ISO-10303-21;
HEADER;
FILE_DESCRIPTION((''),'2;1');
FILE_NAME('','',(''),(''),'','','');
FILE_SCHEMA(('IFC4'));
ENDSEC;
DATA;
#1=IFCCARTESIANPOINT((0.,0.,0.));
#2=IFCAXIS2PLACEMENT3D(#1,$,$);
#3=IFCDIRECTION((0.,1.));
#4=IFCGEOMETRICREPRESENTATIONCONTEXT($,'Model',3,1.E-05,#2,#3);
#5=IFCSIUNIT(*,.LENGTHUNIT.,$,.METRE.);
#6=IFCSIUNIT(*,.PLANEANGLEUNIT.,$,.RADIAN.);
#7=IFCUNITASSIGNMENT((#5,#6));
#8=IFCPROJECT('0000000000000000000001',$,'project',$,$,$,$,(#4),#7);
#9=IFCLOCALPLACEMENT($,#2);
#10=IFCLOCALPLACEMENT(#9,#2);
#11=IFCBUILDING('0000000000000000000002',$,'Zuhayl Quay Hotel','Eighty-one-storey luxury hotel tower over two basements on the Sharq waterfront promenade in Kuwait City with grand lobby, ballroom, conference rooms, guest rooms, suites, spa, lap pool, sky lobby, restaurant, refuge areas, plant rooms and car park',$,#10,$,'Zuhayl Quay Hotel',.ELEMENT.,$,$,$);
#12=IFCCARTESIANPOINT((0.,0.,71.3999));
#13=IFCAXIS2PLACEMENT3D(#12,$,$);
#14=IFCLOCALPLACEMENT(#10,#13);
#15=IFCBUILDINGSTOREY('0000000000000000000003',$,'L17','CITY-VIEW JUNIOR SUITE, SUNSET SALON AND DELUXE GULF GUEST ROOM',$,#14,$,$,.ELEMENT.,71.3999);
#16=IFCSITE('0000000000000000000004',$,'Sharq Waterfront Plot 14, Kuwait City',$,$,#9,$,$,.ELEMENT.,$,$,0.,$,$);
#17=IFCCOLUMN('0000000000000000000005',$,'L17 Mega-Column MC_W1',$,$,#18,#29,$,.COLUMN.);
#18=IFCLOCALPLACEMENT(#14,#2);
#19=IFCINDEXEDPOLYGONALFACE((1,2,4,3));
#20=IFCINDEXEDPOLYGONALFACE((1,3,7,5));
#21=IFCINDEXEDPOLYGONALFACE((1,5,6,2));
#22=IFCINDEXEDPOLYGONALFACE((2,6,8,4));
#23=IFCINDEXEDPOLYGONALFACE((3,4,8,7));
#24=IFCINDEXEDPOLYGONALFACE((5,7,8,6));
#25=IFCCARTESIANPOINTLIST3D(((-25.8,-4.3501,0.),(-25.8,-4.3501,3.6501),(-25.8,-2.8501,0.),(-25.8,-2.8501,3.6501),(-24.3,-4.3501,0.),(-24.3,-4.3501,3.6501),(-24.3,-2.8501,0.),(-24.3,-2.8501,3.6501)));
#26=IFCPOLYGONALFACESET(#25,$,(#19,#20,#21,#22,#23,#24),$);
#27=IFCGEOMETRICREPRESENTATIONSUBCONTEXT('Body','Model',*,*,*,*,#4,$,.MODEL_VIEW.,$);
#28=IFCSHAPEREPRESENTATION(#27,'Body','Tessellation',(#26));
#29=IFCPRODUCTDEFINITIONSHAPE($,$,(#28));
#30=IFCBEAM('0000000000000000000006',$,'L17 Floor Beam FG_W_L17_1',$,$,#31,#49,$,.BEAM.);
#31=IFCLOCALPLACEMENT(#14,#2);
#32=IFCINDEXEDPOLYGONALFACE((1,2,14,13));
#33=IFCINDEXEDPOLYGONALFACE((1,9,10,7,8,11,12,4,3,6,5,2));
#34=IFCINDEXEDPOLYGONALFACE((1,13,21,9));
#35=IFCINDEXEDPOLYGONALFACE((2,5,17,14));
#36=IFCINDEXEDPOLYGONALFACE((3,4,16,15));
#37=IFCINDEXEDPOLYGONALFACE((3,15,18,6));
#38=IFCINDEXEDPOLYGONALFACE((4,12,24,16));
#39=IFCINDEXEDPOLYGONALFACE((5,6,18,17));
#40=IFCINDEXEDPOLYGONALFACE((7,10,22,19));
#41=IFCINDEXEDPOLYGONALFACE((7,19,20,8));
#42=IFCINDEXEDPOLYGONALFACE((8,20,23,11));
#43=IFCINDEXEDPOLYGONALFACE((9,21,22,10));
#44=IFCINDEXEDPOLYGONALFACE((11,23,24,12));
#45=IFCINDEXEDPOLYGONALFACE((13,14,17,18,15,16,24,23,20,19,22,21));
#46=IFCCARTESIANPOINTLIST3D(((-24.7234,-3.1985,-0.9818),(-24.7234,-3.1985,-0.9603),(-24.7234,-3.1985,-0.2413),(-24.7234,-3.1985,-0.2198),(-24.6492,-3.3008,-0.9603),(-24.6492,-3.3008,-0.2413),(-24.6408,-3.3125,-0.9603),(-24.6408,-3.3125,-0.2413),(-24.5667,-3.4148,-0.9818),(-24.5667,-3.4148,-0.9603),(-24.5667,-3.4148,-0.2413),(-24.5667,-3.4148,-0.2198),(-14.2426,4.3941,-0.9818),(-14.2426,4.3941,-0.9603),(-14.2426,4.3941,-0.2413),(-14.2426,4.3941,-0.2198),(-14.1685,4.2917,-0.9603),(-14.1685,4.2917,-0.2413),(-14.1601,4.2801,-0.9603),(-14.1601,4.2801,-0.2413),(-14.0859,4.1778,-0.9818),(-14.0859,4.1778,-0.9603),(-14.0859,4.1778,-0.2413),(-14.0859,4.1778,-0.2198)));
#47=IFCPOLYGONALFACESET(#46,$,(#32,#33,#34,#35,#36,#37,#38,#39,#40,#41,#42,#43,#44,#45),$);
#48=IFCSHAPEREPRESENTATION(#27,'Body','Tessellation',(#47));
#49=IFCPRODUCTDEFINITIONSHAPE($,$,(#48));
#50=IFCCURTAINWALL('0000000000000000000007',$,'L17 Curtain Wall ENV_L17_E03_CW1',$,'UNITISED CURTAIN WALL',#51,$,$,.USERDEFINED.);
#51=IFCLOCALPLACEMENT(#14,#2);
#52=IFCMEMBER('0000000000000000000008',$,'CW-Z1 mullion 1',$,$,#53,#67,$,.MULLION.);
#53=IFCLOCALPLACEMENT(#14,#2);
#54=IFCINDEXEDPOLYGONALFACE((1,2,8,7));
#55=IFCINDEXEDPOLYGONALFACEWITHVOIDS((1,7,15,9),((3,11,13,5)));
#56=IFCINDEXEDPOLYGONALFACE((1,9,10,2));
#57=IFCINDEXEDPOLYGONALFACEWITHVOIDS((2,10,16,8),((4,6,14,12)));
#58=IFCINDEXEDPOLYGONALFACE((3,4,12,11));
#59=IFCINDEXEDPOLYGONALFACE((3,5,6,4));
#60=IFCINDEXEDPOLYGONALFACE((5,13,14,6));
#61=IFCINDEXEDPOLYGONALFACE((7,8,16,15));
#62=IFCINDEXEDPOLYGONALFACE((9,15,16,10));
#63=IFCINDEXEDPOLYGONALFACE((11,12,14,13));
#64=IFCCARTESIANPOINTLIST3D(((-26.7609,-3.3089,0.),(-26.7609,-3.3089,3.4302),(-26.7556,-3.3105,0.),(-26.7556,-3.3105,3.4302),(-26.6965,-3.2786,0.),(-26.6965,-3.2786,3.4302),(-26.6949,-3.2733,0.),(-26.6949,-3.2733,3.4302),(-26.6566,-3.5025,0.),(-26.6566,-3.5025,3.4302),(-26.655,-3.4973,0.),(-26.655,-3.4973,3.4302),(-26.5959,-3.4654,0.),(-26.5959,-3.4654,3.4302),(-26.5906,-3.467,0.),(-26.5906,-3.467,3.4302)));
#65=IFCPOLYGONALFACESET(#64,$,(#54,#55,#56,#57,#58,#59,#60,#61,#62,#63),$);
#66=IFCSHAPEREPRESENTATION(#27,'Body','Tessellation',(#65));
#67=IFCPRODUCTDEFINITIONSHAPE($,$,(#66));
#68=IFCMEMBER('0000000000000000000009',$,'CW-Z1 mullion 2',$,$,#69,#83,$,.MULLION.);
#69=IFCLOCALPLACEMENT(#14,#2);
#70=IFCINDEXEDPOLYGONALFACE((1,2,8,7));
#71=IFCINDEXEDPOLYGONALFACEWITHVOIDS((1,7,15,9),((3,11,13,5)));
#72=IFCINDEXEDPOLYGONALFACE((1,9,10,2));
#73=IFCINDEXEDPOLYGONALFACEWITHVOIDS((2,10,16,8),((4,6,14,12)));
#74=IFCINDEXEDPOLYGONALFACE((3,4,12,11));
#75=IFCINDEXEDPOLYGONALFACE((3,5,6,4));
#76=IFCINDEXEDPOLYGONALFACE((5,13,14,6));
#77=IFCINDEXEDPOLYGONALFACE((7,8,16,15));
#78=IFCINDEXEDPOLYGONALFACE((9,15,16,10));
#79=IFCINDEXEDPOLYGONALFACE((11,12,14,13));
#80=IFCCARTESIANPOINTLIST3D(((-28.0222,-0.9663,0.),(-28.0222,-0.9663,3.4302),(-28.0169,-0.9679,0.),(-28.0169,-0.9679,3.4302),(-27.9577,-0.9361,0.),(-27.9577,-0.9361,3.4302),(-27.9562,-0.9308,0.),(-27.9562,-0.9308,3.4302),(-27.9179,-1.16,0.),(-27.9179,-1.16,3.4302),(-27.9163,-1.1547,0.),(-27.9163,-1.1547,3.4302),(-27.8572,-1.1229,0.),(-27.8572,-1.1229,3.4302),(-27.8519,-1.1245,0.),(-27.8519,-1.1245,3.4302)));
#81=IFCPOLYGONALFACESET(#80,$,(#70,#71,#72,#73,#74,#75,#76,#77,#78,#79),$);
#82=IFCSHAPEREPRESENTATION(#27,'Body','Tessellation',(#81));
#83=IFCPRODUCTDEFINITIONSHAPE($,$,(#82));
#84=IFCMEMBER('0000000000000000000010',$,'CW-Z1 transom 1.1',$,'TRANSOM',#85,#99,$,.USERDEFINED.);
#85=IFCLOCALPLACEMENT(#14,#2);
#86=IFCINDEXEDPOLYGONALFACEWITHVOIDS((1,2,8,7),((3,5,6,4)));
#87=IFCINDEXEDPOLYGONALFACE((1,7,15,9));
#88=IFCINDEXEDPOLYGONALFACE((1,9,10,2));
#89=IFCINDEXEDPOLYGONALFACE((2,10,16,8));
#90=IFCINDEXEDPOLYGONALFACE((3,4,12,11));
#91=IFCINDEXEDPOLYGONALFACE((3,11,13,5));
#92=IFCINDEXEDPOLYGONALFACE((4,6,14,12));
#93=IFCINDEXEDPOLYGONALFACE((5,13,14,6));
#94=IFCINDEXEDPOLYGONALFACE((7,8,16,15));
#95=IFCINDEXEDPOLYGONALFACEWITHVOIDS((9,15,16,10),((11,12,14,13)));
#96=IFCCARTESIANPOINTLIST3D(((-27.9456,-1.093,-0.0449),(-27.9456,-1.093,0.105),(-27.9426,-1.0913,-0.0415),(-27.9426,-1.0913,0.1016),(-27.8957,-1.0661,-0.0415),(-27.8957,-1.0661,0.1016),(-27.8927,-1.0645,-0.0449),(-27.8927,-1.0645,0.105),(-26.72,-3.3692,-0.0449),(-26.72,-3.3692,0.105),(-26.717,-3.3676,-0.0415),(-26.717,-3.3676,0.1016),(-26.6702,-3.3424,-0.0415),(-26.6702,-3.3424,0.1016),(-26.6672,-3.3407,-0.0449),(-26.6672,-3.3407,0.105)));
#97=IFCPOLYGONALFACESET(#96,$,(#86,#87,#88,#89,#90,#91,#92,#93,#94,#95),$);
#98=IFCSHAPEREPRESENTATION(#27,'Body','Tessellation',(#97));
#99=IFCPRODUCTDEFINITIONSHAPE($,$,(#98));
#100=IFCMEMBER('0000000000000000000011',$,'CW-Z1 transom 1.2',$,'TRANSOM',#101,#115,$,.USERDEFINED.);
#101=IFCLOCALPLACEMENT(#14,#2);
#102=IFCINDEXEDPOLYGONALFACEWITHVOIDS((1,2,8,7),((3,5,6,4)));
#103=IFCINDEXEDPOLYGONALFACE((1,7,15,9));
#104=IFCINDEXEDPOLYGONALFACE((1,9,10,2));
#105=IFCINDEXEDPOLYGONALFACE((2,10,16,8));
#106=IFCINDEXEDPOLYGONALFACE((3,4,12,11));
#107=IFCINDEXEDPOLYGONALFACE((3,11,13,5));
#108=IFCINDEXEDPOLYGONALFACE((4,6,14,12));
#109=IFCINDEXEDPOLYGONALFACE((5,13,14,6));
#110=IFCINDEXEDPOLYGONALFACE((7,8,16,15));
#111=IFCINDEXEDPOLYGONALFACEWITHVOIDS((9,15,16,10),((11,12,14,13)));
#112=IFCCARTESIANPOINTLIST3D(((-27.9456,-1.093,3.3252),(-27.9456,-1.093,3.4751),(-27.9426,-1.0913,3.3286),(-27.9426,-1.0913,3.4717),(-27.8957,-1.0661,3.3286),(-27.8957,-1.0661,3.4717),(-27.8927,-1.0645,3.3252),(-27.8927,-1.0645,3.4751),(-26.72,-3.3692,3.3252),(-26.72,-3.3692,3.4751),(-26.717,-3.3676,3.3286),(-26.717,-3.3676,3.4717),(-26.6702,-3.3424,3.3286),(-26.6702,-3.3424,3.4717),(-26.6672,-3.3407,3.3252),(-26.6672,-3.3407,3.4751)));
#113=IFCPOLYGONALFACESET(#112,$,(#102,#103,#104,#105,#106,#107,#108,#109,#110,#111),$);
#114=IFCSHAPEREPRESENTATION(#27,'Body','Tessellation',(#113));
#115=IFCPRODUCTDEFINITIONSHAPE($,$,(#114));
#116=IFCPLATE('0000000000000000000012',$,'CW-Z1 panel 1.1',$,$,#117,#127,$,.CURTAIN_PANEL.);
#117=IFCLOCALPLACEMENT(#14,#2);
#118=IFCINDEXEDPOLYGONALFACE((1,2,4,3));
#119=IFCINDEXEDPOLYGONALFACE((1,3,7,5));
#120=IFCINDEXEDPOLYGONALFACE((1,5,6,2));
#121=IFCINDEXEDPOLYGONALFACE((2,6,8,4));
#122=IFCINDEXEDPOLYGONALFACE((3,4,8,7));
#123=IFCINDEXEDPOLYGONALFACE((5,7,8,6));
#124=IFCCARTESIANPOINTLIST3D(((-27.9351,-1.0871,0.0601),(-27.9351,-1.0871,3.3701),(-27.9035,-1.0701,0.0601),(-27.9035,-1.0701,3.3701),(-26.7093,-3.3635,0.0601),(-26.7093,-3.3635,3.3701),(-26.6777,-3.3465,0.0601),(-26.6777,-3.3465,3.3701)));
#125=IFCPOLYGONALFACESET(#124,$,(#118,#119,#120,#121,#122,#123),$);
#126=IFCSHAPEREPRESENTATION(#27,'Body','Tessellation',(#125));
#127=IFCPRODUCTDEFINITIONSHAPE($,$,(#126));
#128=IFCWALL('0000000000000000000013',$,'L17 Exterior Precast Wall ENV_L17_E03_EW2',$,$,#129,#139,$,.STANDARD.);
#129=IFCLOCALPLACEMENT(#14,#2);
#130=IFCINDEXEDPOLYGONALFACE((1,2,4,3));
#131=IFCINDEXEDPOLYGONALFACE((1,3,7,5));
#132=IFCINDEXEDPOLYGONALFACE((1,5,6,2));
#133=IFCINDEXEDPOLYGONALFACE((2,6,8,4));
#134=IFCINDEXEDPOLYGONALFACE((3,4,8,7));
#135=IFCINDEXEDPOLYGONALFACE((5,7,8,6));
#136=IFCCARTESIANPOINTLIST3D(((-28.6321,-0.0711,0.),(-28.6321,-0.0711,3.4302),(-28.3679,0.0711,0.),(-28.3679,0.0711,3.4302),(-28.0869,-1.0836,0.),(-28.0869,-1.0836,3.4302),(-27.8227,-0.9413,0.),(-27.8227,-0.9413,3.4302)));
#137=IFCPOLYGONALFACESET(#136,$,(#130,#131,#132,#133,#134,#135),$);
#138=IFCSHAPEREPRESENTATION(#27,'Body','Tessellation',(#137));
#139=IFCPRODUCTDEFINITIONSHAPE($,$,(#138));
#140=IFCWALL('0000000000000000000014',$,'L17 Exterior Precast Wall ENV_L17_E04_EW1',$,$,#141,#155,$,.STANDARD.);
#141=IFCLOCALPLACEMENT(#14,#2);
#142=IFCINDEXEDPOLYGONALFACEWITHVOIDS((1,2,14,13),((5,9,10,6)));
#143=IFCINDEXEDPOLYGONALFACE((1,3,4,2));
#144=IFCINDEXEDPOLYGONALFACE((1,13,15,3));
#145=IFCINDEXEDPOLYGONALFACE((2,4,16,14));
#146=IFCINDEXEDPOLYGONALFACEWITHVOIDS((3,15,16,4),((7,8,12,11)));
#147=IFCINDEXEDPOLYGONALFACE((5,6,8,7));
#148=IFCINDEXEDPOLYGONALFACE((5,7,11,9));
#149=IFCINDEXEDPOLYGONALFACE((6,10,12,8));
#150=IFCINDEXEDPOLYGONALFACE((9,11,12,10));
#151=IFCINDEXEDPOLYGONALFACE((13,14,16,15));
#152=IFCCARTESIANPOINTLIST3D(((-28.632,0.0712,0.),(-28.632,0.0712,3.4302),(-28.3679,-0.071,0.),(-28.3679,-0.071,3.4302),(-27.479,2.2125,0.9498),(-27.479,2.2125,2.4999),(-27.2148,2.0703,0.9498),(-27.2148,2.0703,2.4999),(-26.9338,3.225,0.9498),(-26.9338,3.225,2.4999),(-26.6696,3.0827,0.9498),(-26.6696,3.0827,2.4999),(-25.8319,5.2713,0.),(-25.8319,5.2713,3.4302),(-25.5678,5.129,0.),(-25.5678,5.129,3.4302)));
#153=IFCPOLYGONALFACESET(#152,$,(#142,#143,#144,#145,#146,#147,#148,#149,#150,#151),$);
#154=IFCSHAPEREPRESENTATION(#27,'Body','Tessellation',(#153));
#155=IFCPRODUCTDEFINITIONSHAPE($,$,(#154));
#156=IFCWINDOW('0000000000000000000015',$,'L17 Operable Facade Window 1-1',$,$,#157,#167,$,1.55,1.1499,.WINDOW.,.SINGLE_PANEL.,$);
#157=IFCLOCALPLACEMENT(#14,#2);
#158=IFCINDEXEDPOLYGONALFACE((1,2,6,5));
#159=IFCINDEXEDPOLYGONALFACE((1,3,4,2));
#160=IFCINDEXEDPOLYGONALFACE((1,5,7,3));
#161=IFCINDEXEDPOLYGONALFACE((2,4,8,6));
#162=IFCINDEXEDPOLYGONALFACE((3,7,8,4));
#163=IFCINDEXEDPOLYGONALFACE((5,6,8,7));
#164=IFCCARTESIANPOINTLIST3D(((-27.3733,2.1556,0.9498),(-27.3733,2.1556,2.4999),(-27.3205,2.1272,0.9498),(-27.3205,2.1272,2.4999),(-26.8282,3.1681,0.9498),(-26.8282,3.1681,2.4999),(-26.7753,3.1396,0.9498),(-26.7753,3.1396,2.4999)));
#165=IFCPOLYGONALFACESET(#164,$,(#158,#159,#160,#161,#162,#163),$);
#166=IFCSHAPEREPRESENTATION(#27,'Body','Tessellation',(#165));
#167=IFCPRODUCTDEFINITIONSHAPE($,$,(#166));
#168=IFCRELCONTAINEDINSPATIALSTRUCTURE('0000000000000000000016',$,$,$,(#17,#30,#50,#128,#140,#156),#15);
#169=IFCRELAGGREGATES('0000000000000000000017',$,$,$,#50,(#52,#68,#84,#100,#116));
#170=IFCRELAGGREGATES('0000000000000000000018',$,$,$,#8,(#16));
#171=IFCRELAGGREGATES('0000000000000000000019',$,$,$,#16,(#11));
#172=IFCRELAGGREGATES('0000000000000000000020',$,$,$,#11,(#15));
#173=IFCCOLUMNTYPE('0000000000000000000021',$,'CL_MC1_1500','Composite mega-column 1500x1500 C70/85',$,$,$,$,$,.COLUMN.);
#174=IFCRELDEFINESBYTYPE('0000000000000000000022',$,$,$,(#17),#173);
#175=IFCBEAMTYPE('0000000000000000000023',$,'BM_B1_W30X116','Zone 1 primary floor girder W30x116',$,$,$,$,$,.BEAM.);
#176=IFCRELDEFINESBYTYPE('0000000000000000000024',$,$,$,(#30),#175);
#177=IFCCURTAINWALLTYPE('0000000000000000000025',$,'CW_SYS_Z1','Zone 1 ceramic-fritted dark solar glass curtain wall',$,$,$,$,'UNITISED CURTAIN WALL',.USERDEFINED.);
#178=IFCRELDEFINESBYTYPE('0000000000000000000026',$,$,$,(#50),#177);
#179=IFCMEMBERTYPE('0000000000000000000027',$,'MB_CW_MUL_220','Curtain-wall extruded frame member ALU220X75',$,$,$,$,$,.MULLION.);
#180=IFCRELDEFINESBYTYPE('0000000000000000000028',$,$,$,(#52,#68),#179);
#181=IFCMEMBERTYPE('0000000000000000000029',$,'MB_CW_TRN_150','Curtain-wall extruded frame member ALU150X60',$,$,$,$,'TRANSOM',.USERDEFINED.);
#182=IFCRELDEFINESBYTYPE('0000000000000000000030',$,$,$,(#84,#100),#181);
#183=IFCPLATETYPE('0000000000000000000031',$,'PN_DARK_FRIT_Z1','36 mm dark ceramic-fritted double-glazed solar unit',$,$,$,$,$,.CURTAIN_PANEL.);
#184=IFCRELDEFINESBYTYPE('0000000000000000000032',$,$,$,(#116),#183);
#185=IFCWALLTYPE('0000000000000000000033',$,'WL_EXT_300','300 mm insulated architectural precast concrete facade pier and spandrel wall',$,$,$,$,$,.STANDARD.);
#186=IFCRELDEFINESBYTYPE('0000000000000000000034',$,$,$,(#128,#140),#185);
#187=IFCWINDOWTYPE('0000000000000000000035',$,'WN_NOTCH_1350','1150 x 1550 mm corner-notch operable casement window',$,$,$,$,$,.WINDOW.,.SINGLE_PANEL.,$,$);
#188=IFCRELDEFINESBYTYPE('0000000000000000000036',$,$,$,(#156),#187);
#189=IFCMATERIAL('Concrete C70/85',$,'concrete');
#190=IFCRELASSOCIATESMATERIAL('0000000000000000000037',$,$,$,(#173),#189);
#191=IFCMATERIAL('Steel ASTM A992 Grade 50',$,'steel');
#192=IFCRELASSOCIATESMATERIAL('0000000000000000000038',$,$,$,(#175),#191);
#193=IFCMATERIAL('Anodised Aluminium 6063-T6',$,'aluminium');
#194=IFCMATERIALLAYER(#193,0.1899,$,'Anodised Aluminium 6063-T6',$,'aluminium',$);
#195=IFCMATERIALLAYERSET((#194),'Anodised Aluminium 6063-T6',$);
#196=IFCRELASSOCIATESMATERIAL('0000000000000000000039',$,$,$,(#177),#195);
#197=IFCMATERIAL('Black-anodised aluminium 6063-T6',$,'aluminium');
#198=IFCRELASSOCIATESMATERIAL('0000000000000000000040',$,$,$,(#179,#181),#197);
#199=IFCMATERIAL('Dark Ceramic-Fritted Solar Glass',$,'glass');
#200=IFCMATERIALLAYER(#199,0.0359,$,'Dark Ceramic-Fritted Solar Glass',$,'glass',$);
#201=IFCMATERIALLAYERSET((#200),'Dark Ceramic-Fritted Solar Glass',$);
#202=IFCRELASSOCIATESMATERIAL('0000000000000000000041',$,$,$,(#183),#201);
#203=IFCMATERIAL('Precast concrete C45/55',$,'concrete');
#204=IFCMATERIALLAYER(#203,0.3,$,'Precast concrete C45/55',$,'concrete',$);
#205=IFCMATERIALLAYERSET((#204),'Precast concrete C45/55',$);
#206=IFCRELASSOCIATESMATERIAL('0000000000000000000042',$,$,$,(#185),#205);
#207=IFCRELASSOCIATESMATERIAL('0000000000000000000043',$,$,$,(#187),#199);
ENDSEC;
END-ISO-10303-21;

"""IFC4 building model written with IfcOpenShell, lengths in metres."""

from ifc_helpers import new_model, si_unit, direction, frame, frame_2d, origin, origin_2d, place, context, subcontext, project, spatial, rectangle, hollow_rectangle, i_section, extrude, material, layer, layer_set, material_profile, profile_set, type_object, element, fill, aggregate, save


model = new_model("IFC4")

# Units and contexts
model_context = context("Model", 3, precision=1e-05, world=origin(), true_north=direction((0.0, 1.0)))
body_context = subcontext(model_context, "Body", "Model", "MODEL_VIEW")
ifc_project = project(units=[si_unit("LENGTHUNIT", "METRE"), si_unit("PLANEANGLEUNIT", "RADIAN")], contexts=[model_context])

# Site, building, storey
site_placement = place(None, origin())
site = spatial("IfcSite", under=ifc_project, at=site_placement, Name="Sharq Waterfront Plot 14, Kuwait City", CompositionType="ELEMENT", RefElevation=0.0)
building_placement = place(site_placement, origin())
building = spatial("IfcBuilding", under=site, at=building_placement, Name="Zuhayl Quay Hotel", Description="Eighty-one-storey luxury hotel tower over two basements on the Sharq waterfront promenade in Kuwait City with grand lobby, ballroom, conference rooms, guest rooms, suites, spa, lap pool, sky lobby, restaurant, refuge areas, plant rooms and car park", LongName="Zuhayl Quay Hotel", CompositionType="ELEMENT")
storey_placement = place(building_placement, frame((0.0, 0.0, 71.3999)))
storey = spatial("IfcBuildingStorey", under=building, at=storey_placement, Name="L17", Description="CITY-VIEW JUNIOR SUITE, SUNSET SALON AND DELUXE GULF GUEST ROOM", CompositionType="ELEMENT", Elevation=71.3999)

# Column
ifc_material_1 = material(Name="Concrete C70/85", Category="concrete")
ifc_material_profile_1 = material_profile(ifc_material_1, rectangle(XDim=1.5, YDim=1.5, at=origin_2d()), Name="RC1500X1500")
ifc_profile_set_1 = profile_set([ifc_material_profile_1], Name="Concrete C70/85")
column_type = type_object("IfcColumnType", Name="CL_MC1_1500", Description="Composite mega-column 1500x1500 C70/85", PredefinedType="COLUMN", material=ifc_profile_set_1)
column_placement = place(storey_placement, frame((-25.05, -3.6001, 0.0), z_axis=(0.0, 0.0, 1.0), x_axis=(1.0, 0.0, 0.0)))
element("IfcColumn", 1, at=column_placement, inside=storey, type_object=column_type, Name="L17 Mega-Column MC_W1", PredefinedType="COLUMN", context=body_context, shape_type="SweptSolid", body=[
    extrude(rectangle(XDim=1.5, YDim=1.5, at=origin_2d()), origin(), (0.0, 0.0, 1.0), 3.6501),
])

# Beam
ifc_material_2 = material(Name="Steel ASTM A992 Grade 50", Category="steel")
ifc_material_profile_2 = material_profile(ifc_material_2, i_section(OverallWidth=0.2671, OverallDepth=0.762, WebThickness=0.0144, FlangeThickness=0.0215, at=origin_2d()), Name="W30X116")
ifc_profile_set_2 = profile_set([ifc_material_profile_2], Name="Steel ASTM A992 Grade 50")
beam_type = type_object("IfcBeamType", Name="BM_B1_W30X116", Description="Zone 1 primary floor girder W30x116", PredefinedType="BEAM", material=ifc_profile_set_2)
beam_placement = place(storey_placement, frame((-24.645, -3.3066, -0.6008), z_axis=(0.80983, 0.586664, 0.0), x_axis=(-0.586664, 0.80983, 0.0)))
element("IfcBeam", 2, at=beam_placement, inside=storey, type_object=beam_type, Name="L17 Floor Beam FG_W_L17_1", PredefinedType="BEAM", context=body_context, shape_type="SweptSolid", body=[
    extrude(i_section(OverallWidth=0.2671, OverallDepth=0.762, WebThickness=0.0144, FlangeThickness=0.0215, at=origin_2d()), origin(), (0.0, 0.0, 1.0), 12.9419),
])

# Curtain wall, members, plate
ifc_material_3 = material(Name="Anodised Aluminium 6063-T6", Category="aluminium")
ifc_layer_1 = layer(ifc_material_3, 0.1899, Name="Anodised Aluminium 6063-T6", Category="aluminium")
ifc_layer_set_1 = layer_set([ifc_layer_1], Name="Anodised Aluminium 6063-T6")
curtain_wall_type = type_object("IfcCurtainWallType", Name="CW_SYS_Z1", Description="Zone 1 ceramic-fritted dark solar glass curtain wall", ElementType="UNITISED CURTAIN WALL", PredefinedType="USERDEFINED", material=ifc_layer_set_1)
curtain_wall_placement = place(storey_placement, origin())
curtain_wall = element("IfcCurtainWall", 3, at=curtain_wall_placement, inside=storey, type_object=curtain_wall_type, Name="L17 Curtain Wall ENV_L17_E03_CW1", ObjectType="UNITISED CURTAIN WALL", PredefinedType="USERDEFINED")
ifc_material_4 = material(Name="Black-anodised aluminium 6063-T6", Category="aluminium")
ifc_material_profile_3 = material_profile(ifc_material_4, hollow_rectangle(XDim=0.075, YDim=0.22, WallThickness=0.0039, at=origin_2d()), Name="ALU220X75")
ifc_profile_set_3 = profile_set([ifc_material_profile_3], Name="Black-anodised aluminium 6063-T6")
member_type_1 = type_object("IfcMemberType", Name="MB_CW_MUL_220", Description="Curtain-wall extruded frame member ALU220X75", PredefinedType="MULLION", material=ifc_profile_set_3)
member_1_placement = place(storey_placement, frame((-26.6758, -3.3879, 0.0), z_axis=(0.0, 0.0, 1.0), x_axis=(-0.880476, -0.474091, 0.0)))
member_1 = element("IfcMember", 4, at=member_1_placement, type_object=member_type_1, Name="CW-Z1 mullion 1", PredefinedType="MULLION", context=body_context, shape_type="SweptSolid", body=[
    extrude(hollow_rectangle(XDim=0.075, YDim=0.22, WallThickness=0.0039, at=origin_2d()), origin(), (0.0, 0.0, 1.0), 3.4302),
])
member_2_placement = place(storey_placement, frame((-27.937, -1.0454, 0.0), z_axis=(0.0, 0.0, 1.0), x_axis=(-0.880476, -0.474091, 0.0)))
member_2 = element("IfcMember", 5, at=member_2_placement, type_object=member_type_1, Name="CW-Z1 mullion 2", PredefinedType="MULLION", context=body_context, shape_type="SweptSolid", body=[
    extrude(hollow_rectangle(XDim=0.075, YDim=0.22, WallThickness=0.0039, at=origin_2d()), origin(), (0.0, 0.0, 1.0), 3.4302),
])
ifc_material_profile_4 = material_profile(ifc_material_4, hollow_rectangle(XDim=0.0601, YDim=0.1499, WallThickness=0.0034, at=origin_2d()), Name="ALU150X60")
ifc_profile_set_4 = profile_set([ifc_material_profile_4], Name="Black-anodised aluminium 6063-T6")
member_type_2 = type_object("IfcMemberType", Name="MB_CW_TRN_150", Description="Curtain-wall extruded frame member ALU150X60", ElementType="TRANSOM", PredefinedType="USERDEFINED", material=ifc_profile_set_4)
member_3_placement = place(storey_placement, frame((-26.6936, -3.355, 0.03), z_axis=(-0.474055, 0.880495, 0.0), x_axis=(-0.880495, -0.474055, 0.0)))
member_3 = element("IfcMember", 6, at=member_3_placement, type_object=member_type_2, Name="CW-Z1 transom 1.1", ObjectType="TRANSOM", PredefinedType="USERDEFINED", context=body_context, shape_type="SweptSolid", body=[
    extrude(hollow_rectangle(XDim=0.0601, YDim=0.1499, WallThickness=0.0034, at=origin_2d()), origin(), (0.0, 0.0, 1.0), 2.5852),
])
member_4_placement = place(storey_placement, frame((-26.6936, -3.355, 3.4001), z_axis=(-0.474055, 0.880495, 0.0), x_axis=(-0.880495, -0.474055, 0.0)))
member_4 = element("IfcMember", 7, at=member_4_placement, type_object=member_type_2, Name="CW-Z1 transom 1.2", ObjectType="TRANSOM", PredefinedType="USERDEFINED", context=body_context, shape_type="SweptSolid", body=[
    extrude(hollow_rectangle(XDim=0.0601, YDim=0.1499, WallThickness=0.0034, at=origin_2d()), origin(), (0.0, 0.0, 1.0), 2.5852),
])
ifc_material_5 = material(Name="Dark Ceramic-Fritted Solar Glass", Category="glass")
ifc_layer_2 = layer(ifc_material_5, 0.0359, Name="Dark Ceramic-Fritted Solar Glass", Category="glass")
ifc_layer_set_2 = layer_set([ifc_layer_2], Name="Dark Ceramic-Fritted Solar Glass")
plate_type = type_object("IfcPlateType", Name="PN_DARK_FRIT_Z1", Description="36 mm dark ceramic-fritted double-glazed solar unit", PredefinedType="CURTAIN_PANEL", material=ifc_layer_set_2)
plate_placement = place(storey_placement, frame((-27.3064, -2.2168, 0.0601), z_axis=(0.0, 0.0, 1.0), x_axis=(-0.474091, 0.880476, 0.0)))
plate = element("IfcPlate", 8, at=plate_placement, type_object=plate_type, Name="CW-Z1 panel 1.1", PredefinedType="CURTAIN_PANEL", context=body_context, shape_type="SweptSolid", body=[
    extrude(rectangle(XDim=2.5854, YDim=0.0359, at=origin_2d()), origin(), (0.0, 0.0, 1.0), 3.3101),
])
aggregate(curtain_wall, [member_1, member_2, member_3, member_4, plate])

# Wall
ifc_material_6 = material(Name="Precast concrete C45/55", Category="concrete")
ifc_layer_3 = layer(ifc_material_6, 0.3, Name="Precast concrete C45/55", Category="concrete")
ifc_layer_set_3 = layer_set([ifc_layer_3], Name="Precast concrete C45/55")
wall_type_1 = type_object("IfcWallType", Name="WL_EXT_300", Description="300 mm insulated architectural precast concrete facade pier and spandrel wall", PredefinedType="STANDARD", material=ifc_layer_set_3)
wall_1_placement = place(storey_placement, frame((-27.9548, -1.0125, 0.0), z_axis=(0.0, 0.0, 1.0), x_axis=(-0.4741, 0.880471, 0.0)))
element("IfcWall", 9, at=wall_1_placement, inside=storey, type_object=wall_type_1, Name="L17 Exterior Precast Wall ENV_L17_E03_EW2", PredefinedType="STANDARD", context=body_context, shape_type="SweptSolid", body=[
    extrude(rectangle(XDim=1.1499, YDim=0.3, at=frame_2d((0.575, 0.0))), origin(), (0.0, 0.0, 1.0), 3.4302),
])

# Wall, opening, window
wall_2_placement = place(storey_placement, frame((-28.5, 0.0, 0.0), z_axis=(0.0, 0.0, 1.0), x_axis=(0.47411, 0.880466, 0.0)))
wall_2 = element("IfcWall", 10, at=wall_2_placement, inside=storey, type_object=wall_type_1, Name="L17 Exterior Precast Wall ENV_L17_E04_EW1", PredefinedType="STANDARD", context=body_context, shape_type="SweptSolid", body=[
    extrude(rectangle(XDim=5.906, YDim=0.3, at=frame_2d((2.9531, 0.0))), origin(), (0.0, 0.0, 1.0), 3.4302),
])
opening_1_placement = place(wall_2_placement, frame((2.4321, 0.0, 0.95)))
opening_1 = element("IfcOpeningElement", 11, at=opening_1_placement, cuts=wall_2, PredefinedType="OPENING", context=body_context, shape_type="SweptSolid", body=[
    extrude(rectangle(XDim=1.1499, YDim=1.55, at=frame_2d((0.575, 0.7749))), frame((0.0, 0.1599, 0.0), z_axis=(0.0, -1.0, 0.0), x_axis=(1.0, 0.0, 0.0)), (0.0, 0.0, 1.0), 0.3201),
])
window_type = type_object("IfcWindowType", Name="WN_NOTCH_1350", Description="1150 x 1550 mm corner-notch operable casement window", PartitioningType="SINGLE_PANEL", PredefinedType="WINDOW", material=ifc_material_5)
window_placement = place(opening_1_placement, origin())
window = element("IfcWindow", 12, at=window_placement, inside=storey, type_object=window_type, Name="L17 Operable Facade Window 1-1", OverallHeight=1.55, OverallWidth=1.1499, PartitioningType="SINGLE_PANEL", PredefinedType="WINDOW", context=body_context, shape_type="SweptSolid", body=[
    extrude(rectangle(XDim=1.1499, YDim=1.55, at=frame_2d((0.575, 0.7749))), frame((0.0, 0.03, 0.0), z_axis=(0.0, -1.0, 0.0), x_axis=(1.0, 0.0, 0.0)), (0.0, 0.0, 1.0), 0.0601),
])
fill(opening_1, window)

save(model, "model.ifc")
